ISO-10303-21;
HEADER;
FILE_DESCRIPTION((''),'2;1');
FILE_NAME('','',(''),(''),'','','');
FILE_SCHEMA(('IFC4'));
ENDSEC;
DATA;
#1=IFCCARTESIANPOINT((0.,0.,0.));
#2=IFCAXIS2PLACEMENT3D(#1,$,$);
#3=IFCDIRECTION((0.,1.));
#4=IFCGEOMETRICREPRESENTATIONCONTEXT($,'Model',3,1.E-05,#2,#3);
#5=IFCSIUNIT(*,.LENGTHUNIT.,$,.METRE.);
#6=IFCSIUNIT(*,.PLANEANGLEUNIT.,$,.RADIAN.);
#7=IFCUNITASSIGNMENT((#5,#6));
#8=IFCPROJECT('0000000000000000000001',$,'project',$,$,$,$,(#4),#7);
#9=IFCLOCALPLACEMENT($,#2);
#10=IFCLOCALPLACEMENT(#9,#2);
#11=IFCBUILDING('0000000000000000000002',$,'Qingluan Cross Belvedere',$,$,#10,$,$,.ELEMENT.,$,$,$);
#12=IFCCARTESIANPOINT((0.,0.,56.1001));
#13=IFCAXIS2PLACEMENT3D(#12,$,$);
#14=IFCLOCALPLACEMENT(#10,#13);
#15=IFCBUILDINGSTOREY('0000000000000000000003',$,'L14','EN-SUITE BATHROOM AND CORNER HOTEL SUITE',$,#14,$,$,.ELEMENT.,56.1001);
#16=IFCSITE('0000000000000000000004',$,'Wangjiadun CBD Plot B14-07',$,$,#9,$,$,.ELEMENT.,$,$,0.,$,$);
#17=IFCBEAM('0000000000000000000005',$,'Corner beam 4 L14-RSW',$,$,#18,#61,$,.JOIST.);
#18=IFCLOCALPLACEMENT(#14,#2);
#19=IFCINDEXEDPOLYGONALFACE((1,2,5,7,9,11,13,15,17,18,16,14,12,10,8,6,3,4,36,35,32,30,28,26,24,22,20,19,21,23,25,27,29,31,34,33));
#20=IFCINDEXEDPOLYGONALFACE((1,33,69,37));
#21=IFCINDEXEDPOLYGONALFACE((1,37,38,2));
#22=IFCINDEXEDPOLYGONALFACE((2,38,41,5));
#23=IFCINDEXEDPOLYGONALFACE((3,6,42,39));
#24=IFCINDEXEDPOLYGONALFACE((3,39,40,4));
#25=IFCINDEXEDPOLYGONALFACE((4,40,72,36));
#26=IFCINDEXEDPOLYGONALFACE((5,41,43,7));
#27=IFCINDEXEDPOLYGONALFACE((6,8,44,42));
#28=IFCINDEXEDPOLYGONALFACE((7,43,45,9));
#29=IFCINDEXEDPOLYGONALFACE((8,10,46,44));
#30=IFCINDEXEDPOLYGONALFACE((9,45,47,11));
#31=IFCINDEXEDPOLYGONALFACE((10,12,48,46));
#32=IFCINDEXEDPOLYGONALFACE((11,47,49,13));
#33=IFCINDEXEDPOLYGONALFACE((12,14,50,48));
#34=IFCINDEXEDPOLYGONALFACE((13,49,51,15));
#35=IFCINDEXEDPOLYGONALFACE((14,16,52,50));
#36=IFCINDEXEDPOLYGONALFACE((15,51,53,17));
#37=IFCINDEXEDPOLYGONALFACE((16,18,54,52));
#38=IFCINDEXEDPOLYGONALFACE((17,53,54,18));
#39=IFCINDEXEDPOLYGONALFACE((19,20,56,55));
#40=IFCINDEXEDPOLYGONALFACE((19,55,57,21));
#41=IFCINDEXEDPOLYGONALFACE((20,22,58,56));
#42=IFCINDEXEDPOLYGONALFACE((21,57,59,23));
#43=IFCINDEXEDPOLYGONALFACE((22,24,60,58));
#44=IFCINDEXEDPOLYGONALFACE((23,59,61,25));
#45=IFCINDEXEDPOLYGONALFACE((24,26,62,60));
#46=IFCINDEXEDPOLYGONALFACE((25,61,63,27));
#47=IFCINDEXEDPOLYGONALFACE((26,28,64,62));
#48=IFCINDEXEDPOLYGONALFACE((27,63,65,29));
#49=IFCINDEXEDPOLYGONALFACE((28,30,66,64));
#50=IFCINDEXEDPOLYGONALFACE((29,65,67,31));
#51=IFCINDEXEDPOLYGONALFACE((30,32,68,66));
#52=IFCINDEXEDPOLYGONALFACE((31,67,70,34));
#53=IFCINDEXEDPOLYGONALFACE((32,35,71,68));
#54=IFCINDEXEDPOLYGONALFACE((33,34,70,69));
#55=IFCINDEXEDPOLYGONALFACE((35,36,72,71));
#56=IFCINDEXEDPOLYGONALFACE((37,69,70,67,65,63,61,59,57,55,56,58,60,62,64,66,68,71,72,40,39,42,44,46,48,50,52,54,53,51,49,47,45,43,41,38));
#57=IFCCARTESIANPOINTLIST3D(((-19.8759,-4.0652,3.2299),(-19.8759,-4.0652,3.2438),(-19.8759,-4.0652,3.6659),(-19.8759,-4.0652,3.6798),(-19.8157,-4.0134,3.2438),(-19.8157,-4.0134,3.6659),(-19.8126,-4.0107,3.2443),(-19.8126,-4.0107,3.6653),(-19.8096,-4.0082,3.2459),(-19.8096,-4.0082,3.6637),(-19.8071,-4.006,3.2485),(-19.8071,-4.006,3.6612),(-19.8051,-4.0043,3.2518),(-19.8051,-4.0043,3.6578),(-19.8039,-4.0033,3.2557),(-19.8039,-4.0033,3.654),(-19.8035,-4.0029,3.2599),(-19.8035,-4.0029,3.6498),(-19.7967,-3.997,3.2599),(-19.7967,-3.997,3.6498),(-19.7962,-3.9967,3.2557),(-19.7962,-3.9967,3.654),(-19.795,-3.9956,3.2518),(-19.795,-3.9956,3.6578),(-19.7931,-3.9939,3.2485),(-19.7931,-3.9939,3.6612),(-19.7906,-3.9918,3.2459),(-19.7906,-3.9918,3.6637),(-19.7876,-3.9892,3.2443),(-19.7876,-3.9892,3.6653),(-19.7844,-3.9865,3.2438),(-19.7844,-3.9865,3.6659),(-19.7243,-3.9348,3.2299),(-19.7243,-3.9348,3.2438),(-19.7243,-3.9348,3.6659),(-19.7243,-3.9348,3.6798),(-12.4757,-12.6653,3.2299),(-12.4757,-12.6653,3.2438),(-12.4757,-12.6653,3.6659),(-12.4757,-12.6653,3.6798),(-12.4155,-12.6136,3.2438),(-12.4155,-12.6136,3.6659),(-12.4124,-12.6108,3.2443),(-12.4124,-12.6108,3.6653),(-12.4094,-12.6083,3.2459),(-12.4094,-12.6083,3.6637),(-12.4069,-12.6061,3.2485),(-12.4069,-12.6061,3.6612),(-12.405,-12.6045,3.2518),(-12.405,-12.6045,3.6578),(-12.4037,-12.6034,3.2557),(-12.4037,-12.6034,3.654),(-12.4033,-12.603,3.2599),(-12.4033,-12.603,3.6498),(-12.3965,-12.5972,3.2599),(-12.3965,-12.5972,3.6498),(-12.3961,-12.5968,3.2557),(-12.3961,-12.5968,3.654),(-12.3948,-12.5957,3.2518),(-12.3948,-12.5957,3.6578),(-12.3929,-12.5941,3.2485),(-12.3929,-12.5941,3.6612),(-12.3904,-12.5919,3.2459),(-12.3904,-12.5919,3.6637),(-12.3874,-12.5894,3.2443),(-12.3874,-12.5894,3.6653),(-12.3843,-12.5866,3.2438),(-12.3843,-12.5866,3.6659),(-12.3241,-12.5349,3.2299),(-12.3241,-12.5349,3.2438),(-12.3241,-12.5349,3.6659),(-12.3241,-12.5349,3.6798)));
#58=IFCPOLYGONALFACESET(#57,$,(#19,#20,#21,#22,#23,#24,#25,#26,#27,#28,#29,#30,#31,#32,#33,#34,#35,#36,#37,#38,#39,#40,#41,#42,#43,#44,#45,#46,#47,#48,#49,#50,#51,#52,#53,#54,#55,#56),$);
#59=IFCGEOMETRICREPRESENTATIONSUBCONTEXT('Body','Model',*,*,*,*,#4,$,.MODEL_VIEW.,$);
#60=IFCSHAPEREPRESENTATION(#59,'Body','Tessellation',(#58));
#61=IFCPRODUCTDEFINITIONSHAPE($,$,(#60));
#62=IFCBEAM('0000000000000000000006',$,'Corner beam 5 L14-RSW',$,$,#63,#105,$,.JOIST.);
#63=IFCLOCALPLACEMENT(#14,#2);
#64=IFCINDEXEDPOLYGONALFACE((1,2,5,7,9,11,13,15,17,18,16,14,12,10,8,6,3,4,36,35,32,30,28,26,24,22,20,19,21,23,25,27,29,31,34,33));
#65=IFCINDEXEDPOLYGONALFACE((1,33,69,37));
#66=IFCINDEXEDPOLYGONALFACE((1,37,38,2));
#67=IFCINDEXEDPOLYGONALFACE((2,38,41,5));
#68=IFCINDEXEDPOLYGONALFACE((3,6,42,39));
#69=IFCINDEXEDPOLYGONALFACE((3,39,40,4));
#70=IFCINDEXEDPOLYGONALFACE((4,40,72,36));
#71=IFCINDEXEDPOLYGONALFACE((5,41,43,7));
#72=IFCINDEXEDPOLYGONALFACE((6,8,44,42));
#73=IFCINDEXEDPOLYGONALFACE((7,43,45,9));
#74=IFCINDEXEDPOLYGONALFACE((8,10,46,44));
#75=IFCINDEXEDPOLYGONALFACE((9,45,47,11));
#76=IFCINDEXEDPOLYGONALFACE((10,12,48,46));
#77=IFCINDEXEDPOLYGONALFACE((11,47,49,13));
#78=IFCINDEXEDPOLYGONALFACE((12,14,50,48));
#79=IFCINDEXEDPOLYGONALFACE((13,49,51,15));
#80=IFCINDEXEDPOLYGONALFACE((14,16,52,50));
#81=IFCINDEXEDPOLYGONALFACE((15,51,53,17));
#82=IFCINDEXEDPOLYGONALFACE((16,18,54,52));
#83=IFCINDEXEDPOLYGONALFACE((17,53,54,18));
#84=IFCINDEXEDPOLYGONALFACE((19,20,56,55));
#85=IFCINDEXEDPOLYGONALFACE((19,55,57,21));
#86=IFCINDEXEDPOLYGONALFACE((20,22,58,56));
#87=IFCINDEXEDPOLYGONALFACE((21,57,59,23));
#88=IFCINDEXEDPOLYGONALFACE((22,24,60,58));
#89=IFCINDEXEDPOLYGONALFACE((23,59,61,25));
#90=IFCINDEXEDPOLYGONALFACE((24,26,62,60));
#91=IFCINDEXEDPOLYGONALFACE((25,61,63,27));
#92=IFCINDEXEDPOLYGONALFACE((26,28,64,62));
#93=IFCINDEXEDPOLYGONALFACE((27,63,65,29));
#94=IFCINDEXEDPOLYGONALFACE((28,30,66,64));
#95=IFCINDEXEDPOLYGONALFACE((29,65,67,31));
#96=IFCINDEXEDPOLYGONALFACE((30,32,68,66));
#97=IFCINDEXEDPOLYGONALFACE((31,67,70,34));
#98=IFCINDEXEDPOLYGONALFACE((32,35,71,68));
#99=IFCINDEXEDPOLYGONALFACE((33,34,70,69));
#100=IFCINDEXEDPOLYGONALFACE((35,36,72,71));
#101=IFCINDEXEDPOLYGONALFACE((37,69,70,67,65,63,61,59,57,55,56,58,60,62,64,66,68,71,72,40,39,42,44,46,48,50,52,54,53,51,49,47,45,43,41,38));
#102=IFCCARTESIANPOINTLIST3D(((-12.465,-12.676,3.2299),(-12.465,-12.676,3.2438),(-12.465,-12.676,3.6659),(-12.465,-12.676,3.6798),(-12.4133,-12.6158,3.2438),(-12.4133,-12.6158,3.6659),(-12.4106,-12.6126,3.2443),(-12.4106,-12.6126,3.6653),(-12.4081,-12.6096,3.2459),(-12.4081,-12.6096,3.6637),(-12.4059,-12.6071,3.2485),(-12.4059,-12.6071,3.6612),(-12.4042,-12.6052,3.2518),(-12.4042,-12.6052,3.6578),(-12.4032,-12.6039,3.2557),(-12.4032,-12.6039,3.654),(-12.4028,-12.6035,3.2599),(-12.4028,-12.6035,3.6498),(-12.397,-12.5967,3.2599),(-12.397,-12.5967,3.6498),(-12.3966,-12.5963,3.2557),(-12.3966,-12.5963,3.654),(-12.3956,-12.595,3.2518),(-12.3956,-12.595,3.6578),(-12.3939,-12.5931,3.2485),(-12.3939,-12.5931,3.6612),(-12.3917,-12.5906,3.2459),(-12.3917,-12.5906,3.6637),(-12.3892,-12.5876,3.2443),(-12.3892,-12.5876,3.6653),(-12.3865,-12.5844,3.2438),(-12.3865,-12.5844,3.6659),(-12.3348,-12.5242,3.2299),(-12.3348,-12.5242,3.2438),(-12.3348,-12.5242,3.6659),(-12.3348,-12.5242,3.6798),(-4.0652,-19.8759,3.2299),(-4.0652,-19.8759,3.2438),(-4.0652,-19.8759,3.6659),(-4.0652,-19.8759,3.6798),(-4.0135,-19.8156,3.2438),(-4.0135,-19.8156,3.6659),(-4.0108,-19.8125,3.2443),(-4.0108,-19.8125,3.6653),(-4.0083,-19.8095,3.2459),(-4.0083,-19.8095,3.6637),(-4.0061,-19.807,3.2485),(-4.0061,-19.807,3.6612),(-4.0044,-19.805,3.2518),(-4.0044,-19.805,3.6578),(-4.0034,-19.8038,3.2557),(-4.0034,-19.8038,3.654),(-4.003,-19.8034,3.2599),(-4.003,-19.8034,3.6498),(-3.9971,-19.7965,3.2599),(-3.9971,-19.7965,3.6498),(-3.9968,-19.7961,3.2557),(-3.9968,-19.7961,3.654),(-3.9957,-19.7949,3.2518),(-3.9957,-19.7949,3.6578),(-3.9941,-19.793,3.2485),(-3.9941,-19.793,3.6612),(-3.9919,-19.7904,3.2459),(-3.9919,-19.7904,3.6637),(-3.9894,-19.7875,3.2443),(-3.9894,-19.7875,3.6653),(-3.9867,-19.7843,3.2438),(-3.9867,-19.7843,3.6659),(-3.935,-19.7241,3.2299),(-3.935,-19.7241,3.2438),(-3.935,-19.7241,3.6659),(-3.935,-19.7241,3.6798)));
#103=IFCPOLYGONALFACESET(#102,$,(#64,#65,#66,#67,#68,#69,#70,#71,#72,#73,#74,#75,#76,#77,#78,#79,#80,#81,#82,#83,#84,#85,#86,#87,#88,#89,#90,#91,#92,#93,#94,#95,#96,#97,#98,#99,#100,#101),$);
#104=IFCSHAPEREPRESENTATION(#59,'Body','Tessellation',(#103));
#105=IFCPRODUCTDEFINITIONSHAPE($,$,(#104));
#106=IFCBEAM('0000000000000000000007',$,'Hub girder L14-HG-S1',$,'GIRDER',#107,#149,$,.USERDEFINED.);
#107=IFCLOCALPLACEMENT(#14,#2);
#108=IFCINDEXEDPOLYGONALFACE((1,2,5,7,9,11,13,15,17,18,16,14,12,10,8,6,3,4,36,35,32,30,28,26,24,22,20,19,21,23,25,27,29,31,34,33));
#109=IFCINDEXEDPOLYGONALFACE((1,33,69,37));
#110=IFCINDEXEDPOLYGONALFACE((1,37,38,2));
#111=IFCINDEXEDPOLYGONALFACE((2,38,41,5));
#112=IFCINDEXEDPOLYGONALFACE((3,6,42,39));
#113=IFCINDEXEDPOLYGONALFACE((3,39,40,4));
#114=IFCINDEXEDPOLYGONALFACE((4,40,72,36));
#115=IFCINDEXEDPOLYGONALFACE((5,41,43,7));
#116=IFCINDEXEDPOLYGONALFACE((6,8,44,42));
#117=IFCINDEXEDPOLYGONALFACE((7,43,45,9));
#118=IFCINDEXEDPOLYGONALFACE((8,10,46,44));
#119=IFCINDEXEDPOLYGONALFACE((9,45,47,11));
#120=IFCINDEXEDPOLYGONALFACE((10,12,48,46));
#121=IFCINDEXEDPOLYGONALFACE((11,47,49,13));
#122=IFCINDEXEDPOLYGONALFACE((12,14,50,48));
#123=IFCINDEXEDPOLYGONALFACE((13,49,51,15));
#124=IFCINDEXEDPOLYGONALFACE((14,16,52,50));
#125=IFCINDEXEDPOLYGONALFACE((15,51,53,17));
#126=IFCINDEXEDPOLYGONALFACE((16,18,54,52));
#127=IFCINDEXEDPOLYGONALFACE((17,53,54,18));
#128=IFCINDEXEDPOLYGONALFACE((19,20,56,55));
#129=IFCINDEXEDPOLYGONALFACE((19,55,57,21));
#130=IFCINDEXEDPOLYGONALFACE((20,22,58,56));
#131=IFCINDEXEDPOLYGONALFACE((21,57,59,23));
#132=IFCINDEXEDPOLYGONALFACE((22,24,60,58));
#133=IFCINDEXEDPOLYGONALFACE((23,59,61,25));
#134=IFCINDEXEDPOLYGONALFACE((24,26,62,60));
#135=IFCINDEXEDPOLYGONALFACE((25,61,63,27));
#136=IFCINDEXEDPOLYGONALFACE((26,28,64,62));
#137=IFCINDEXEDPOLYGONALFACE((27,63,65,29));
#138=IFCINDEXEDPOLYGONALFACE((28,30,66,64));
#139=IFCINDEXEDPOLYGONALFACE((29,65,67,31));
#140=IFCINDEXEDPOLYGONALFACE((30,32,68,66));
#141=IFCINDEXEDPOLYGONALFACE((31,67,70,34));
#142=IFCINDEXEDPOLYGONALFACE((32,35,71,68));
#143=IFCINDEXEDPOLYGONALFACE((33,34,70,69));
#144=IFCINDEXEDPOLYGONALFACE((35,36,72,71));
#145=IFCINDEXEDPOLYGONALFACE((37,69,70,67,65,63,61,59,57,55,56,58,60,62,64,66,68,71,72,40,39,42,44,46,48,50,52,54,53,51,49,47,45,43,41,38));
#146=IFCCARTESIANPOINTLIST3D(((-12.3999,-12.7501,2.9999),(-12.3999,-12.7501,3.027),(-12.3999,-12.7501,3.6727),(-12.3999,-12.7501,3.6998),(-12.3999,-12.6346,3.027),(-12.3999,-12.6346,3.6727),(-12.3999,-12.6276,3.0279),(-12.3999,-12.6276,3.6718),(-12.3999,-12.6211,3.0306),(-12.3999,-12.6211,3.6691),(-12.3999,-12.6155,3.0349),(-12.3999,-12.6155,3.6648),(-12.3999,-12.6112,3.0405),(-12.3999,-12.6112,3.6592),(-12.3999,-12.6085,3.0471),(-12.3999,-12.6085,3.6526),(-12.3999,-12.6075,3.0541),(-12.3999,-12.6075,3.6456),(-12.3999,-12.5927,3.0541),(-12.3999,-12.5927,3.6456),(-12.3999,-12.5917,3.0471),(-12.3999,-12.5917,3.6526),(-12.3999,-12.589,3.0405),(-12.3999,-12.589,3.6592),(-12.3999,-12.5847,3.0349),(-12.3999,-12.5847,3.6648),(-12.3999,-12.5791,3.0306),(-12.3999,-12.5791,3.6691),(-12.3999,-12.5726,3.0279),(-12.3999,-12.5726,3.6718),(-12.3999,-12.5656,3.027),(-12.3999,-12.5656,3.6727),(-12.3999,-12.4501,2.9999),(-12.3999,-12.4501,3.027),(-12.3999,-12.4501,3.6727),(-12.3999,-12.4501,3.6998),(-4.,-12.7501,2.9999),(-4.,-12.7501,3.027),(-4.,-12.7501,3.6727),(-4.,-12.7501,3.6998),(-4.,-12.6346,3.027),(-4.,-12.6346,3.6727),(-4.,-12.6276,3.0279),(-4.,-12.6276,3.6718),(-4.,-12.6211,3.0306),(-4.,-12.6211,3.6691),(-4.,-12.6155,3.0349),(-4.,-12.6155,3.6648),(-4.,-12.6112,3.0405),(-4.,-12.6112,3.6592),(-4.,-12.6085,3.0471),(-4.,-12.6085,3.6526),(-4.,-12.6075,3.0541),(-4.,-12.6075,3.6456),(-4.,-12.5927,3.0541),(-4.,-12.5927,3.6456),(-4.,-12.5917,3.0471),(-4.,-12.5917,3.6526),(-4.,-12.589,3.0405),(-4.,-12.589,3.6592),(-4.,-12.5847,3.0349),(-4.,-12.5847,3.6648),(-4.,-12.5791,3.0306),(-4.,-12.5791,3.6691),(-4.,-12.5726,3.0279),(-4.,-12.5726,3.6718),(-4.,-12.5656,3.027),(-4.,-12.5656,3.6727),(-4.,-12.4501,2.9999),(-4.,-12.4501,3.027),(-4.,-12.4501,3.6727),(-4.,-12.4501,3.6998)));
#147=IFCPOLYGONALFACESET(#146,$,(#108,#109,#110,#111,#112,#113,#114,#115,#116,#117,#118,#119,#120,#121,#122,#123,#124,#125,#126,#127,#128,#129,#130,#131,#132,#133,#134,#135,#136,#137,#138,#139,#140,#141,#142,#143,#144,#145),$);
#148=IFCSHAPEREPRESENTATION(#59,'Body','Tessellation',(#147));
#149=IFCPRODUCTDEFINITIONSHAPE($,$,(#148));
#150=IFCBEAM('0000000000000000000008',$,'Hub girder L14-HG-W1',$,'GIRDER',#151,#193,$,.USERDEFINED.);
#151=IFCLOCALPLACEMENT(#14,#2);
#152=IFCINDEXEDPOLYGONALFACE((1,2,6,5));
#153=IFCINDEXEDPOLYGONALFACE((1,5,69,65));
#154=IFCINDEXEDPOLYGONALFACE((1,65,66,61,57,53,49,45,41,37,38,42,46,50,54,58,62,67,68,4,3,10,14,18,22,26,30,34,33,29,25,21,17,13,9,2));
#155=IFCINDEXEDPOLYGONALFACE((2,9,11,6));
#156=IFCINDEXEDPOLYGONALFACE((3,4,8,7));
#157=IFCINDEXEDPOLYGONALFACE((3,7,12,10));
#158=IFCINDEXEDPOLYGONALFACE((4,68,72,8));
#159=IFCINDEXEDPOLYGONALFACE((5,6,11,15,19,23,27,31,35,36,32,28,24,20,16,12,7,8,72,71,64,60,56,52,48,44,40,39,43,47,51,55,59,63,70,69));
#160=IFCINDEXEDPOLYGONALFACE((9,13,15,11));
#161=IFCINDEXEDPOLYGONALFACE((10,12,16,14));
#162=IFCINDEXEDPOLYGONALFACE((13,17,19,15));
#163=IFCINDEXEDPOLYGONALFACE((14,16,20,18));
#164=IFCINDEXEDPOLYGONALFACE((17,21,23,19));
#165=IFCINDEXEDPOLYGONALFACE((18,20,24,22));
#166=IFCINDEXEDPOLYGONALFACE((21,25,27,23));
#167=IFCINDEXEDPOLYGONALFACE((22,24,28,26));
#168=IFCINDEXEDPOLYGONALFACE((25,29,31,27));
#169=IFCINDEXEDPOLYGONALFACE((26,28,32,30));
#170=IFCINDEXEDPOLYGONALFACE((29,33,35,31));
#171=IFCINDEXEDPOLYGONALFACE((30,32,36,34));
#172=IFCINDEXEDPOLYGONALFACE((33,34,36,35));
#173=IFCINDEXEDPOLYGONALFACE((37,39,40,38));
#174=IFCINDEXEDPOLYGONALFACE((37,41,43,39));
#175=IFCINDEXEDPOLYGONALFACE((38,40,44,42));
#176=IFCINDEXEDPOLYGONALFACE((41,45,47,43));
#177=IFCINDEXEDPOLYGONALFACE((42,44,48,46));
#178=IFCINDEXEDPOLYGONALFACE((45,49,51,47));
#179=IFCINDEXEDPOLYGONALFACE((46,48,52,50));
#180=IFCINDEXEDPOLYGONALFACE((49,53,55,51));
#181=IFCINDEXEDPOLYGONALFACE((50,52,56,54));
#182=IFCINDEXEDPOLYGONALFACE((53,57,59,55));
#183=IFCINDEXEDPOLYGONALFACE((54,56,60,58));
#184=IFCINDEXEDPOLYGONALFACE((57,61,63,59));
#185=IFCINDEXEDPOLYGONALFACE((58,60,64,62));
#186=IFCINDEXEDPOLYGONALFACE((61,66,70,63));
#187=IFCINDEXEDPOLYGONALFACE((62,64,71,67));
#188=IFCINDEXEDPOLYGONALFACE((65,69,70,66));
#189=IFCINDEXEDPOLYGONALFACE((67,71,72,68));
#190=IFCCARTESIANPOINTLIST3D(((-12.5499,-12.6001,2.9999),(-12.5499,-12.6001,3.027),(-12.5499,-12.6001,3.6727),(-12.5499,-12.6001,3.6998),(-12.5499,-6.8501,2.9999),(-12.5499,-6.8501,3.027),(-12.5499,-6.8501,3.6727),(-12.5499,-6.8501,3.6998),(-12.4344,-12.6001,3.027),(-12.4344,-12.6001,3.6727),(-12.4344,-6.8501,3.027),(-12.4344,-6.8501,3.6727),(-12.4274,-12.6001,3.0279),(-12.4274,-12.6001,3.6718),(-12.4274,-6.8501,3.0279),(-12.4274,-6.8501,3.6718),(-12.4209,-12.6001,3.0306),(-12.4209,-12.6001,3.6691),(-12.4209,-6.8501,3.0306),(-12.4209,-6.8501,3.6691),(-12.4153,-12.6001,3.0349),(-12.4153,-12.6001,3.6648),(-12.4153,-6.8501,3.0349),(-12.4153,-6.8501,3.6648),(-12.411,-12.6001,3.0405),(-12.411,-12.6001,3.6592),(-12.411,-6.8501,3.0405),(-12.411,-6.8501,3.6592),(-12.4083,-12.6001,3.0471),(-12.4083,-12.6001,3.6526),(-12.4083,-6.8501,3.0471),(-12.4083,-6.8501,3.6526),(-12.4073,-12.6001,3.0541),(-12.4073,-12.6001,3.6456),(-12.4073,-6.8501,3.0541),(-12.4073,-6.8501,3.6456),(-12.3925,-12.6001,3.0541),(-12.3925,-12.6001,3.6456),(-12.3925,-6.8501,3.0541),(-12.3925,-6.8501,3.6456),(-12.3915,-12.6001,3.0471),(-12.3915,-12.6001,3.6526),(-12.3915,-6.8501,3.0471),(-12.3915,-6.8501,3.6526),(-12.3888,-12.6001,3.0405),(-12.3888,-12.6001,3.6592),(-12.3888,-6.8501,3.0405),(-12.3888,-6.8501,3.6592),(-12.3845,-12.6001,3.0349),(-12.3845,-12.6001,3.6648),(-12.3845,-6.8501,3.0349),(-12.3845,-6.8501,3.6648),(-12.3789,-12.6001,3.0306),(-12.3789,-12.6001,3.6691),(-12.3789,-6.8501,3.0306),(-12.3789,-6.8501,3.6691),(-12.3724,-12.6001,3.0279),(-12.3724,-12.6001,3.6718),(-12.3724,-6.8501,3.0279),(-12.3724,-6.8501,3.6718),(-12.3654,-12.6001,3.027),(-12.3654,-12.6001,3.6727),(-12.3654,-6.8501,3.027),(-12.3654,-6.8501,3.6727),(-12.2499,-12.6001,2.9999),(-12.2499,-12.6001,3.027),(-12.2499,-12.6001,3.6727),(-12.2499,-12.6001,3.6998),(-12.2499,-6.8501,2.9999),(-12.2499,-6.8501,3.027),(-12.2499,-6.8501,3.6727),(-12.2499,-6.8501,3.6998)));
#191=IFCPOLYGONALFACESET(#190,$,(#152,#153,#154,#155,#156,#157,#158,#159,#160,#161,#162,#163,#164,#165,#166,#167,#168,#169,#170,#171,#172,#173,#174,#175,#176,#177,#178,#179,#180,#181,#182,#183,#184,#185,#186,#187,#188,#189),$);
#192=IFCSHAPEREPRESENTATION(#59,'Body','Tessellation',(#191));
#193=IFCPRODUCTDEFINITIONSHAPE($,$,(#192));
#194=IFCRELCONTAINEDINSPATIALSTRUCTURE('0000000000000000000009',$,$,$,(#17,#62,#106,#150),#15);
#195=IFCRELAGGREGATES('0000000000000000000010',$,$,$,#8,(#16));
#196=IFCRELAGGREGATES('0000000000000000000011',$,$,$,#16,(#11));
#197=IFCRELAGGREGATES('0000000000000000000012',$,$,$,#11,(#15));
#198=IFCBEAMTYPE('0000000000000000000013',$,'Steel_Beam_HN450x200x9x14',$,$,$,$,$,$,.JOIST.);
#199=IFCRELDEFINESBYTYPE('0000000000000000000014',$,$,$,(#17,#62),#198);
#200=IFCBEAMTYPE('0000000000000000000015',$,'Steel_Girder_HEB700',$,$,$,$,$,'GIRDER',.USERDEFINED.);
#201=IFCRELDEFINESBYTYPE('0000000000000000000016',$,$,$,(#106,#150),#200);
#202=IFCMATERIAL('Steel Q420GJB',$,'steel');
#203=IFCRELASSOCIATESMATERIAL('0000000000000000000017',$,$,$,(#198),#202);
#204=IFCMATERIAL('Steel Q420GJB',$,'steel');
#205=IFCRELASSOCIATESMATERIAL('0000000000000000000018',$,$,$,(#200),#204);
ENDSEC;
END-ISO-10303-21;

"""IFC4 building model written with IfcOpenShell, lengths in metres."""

from ifc_helpers import new_model, si_unit, direction, frame, origin, origin_2d, place, context, subcontext, project, spatial, i_section, extrude, material, material_profile, profile_set, type_object, element, save


model = new_model("IFC4")

# Units and contexts
model_context = context("Model", 3, precision=1e-05, world=origin(), true_north=direction((0.0, 1.0)))
body_context = subcontext(model_context, "Body", "Model", "MODEL_VIEW")
ifc_project = project(units=[si_unit("LENGTHUNIT", "METRE"), si_unit("PLANEANGLEUNIT", "RADIAN")], contexts=[model_context])

# Site, building, storey
site_placement = place(None, origin())
site = spatial("IfcSite", under=ifc_project, at=site_placement, Name="Wangjiadun CBD Plot B14-07", CompositionType="ELEMENT", RefElevation=0.0)
building_placement = place(site_placement, origin())
building = spatial("IfcBuilding", under=site, at=building_placement, Name="Qingluan Cross Belvedere", CompositionType="ELEMENT")
storey_placement = place(building_placement, frame((0.0, 0.0, 56.1001)))
storey = spatial("IfcBuildingStorey", under=building, at=storey_placement, Name="L14", Description="EN-SUITE BATHROOM AND CORNER HOTEL SUITE", CompositionType="ELEMENT", Elevation=56.1001)

# Beams
ifc_material_1 = material(Name="Steel Q420GJB", Category="steel")
ifc_material_profile_1 = material_profile(ifc_material_1, i_section(OverallWidth=0.2, OverallDepth=0.45, WebThickness=0.009, FlangeThickness=0.0139, FilletRadius=0.0161, at=origin_2d()), Name="HN450x200x9x14")
ifc_profile_set_1 = profile_set([ifc_material_profile_1], Name="Steel Q420GJB")
beam_type_1 = type_object("IfcBeamType", Name="Steel_Beam_HN450x200x9x14", PredefinedType="JOIST", material=ifc_profile_set_1)
beam_1_placement = place(storey_placement, frame((-12.3999, -12.6001, 3.4548), z_axis=(-0.652245, 0.758008, 0.0), x_axis=(-0.758008, -0.652245, 0.0)))
element("IfcBeam", 1, at=beam_1_placement, inside=storey, type_object=beam_type_1, Name="Corner beam 4 L14-RSW", PredefinedType="JOIST", context=body_context, shape_type="SweptSolid", body=[
    extrude(i_section(OverallWidth=0.2, OverallDepth=0.45, WebThickness=0.009, FlangeThickness=0.0139, FilletRadius=0.0161, at=origin_2d()), origin(), (0.0, 0.0, 1.0), 11.3457),
])
beam_2_placement = place(storey_placement, frame((-12.3999, -12.6001, 3.4548), z_axis=(0.759255, -0.650793, 0.0), x_axis=(0.650793, 0.759255, 0.0)))
element("IfcBeam", 2, at=beam_2_placement, inside=storey, type_object=beam_type_1, Name="Corner beam 5 L14-RSW", PredefinedType="JOIST", context=body_context, shape_type="SweptSolid", body=[
    extrude(i_section(OverallWidth=0.2, OverallDepth=0.45, WebThickness=0.009, FlangeThickness=0.0139, FilletRadius=0.0161, at=origin_2d()), origin(), (0.0, 0.0, 1.0), 11.0632),
])
ifc_material_2 = material(Name="Steel Q420GJB", Category="steel")
ifc_material_profile_2 = material_profile(ifc_material_2, i_section(OverallWidth=0.3, OverallDepth=0.7, WebThickness=0.0149, FlangeThickness=0.0271, FilletRadius=0.0271, at=origin_2d()), Name="HEB700")
ifc_profile_set_2 = profile_set([ifc_material_profile_2], Name="Steel Q420GJB")
beam_type_2 = type_object("IfcBeamType", Name="Steel_Girder_HEB700", ElementType="GIRDER", PredefinedType="USERDEFINED", material=ifc_profile_set_2)
beam_3_placement = place(storey_placement, frame((-12.3999, -12.6001, 3.3499), z_axis=(1.0, 0.0, 0.0), x_axis=(0.0, 1.0, 0.0)))
element("IfcBeam", 3, at=beam_3_placement, inside=storey, type_object=beam_type_2, Name="Hub girder L14-HG-S1", ObjectType="GIRDER", PredefinedType="USERDEFINED", context=body_context, shape_type="SweptSolid", body=[
    extrude(i_section(OverallWidth=0.3, OverallDepth=0.7, WebThickness=0.0149, FlangeThickness=0.0271, FilletRadius=0.0271, at=origin_2d()), origin(), (0.0, 0.0, 1.0), 8.3999),
])
beam_4_placement = place(storey_placement, frame((-12.3999, -12.6001, 3.3499), z_axis=(0.0, 1.0, 0.0), x_axis=(-1.0, 0.0, 0.0)))
element("IfcBeam", 4, at=beam_4_placement, inside=storey, type_object=beam_type_2, Name="Hub girder L14-HG-W1", ObjectType="GIRDER", PredefinedType="USERDEFINED", context=body_context, shape_type="SweptSolid", body=[
    extrude(i_section(OverallWidth=0.3, OverallDepth=0.7, WebThickness=0.0149, FlangeThickness=0.0271, FilletRadius=0.0271, at=origin_2d()), origin(), (0.0, 0.0, 1.0), 5.75),
])

save(model, "model.ifc")
